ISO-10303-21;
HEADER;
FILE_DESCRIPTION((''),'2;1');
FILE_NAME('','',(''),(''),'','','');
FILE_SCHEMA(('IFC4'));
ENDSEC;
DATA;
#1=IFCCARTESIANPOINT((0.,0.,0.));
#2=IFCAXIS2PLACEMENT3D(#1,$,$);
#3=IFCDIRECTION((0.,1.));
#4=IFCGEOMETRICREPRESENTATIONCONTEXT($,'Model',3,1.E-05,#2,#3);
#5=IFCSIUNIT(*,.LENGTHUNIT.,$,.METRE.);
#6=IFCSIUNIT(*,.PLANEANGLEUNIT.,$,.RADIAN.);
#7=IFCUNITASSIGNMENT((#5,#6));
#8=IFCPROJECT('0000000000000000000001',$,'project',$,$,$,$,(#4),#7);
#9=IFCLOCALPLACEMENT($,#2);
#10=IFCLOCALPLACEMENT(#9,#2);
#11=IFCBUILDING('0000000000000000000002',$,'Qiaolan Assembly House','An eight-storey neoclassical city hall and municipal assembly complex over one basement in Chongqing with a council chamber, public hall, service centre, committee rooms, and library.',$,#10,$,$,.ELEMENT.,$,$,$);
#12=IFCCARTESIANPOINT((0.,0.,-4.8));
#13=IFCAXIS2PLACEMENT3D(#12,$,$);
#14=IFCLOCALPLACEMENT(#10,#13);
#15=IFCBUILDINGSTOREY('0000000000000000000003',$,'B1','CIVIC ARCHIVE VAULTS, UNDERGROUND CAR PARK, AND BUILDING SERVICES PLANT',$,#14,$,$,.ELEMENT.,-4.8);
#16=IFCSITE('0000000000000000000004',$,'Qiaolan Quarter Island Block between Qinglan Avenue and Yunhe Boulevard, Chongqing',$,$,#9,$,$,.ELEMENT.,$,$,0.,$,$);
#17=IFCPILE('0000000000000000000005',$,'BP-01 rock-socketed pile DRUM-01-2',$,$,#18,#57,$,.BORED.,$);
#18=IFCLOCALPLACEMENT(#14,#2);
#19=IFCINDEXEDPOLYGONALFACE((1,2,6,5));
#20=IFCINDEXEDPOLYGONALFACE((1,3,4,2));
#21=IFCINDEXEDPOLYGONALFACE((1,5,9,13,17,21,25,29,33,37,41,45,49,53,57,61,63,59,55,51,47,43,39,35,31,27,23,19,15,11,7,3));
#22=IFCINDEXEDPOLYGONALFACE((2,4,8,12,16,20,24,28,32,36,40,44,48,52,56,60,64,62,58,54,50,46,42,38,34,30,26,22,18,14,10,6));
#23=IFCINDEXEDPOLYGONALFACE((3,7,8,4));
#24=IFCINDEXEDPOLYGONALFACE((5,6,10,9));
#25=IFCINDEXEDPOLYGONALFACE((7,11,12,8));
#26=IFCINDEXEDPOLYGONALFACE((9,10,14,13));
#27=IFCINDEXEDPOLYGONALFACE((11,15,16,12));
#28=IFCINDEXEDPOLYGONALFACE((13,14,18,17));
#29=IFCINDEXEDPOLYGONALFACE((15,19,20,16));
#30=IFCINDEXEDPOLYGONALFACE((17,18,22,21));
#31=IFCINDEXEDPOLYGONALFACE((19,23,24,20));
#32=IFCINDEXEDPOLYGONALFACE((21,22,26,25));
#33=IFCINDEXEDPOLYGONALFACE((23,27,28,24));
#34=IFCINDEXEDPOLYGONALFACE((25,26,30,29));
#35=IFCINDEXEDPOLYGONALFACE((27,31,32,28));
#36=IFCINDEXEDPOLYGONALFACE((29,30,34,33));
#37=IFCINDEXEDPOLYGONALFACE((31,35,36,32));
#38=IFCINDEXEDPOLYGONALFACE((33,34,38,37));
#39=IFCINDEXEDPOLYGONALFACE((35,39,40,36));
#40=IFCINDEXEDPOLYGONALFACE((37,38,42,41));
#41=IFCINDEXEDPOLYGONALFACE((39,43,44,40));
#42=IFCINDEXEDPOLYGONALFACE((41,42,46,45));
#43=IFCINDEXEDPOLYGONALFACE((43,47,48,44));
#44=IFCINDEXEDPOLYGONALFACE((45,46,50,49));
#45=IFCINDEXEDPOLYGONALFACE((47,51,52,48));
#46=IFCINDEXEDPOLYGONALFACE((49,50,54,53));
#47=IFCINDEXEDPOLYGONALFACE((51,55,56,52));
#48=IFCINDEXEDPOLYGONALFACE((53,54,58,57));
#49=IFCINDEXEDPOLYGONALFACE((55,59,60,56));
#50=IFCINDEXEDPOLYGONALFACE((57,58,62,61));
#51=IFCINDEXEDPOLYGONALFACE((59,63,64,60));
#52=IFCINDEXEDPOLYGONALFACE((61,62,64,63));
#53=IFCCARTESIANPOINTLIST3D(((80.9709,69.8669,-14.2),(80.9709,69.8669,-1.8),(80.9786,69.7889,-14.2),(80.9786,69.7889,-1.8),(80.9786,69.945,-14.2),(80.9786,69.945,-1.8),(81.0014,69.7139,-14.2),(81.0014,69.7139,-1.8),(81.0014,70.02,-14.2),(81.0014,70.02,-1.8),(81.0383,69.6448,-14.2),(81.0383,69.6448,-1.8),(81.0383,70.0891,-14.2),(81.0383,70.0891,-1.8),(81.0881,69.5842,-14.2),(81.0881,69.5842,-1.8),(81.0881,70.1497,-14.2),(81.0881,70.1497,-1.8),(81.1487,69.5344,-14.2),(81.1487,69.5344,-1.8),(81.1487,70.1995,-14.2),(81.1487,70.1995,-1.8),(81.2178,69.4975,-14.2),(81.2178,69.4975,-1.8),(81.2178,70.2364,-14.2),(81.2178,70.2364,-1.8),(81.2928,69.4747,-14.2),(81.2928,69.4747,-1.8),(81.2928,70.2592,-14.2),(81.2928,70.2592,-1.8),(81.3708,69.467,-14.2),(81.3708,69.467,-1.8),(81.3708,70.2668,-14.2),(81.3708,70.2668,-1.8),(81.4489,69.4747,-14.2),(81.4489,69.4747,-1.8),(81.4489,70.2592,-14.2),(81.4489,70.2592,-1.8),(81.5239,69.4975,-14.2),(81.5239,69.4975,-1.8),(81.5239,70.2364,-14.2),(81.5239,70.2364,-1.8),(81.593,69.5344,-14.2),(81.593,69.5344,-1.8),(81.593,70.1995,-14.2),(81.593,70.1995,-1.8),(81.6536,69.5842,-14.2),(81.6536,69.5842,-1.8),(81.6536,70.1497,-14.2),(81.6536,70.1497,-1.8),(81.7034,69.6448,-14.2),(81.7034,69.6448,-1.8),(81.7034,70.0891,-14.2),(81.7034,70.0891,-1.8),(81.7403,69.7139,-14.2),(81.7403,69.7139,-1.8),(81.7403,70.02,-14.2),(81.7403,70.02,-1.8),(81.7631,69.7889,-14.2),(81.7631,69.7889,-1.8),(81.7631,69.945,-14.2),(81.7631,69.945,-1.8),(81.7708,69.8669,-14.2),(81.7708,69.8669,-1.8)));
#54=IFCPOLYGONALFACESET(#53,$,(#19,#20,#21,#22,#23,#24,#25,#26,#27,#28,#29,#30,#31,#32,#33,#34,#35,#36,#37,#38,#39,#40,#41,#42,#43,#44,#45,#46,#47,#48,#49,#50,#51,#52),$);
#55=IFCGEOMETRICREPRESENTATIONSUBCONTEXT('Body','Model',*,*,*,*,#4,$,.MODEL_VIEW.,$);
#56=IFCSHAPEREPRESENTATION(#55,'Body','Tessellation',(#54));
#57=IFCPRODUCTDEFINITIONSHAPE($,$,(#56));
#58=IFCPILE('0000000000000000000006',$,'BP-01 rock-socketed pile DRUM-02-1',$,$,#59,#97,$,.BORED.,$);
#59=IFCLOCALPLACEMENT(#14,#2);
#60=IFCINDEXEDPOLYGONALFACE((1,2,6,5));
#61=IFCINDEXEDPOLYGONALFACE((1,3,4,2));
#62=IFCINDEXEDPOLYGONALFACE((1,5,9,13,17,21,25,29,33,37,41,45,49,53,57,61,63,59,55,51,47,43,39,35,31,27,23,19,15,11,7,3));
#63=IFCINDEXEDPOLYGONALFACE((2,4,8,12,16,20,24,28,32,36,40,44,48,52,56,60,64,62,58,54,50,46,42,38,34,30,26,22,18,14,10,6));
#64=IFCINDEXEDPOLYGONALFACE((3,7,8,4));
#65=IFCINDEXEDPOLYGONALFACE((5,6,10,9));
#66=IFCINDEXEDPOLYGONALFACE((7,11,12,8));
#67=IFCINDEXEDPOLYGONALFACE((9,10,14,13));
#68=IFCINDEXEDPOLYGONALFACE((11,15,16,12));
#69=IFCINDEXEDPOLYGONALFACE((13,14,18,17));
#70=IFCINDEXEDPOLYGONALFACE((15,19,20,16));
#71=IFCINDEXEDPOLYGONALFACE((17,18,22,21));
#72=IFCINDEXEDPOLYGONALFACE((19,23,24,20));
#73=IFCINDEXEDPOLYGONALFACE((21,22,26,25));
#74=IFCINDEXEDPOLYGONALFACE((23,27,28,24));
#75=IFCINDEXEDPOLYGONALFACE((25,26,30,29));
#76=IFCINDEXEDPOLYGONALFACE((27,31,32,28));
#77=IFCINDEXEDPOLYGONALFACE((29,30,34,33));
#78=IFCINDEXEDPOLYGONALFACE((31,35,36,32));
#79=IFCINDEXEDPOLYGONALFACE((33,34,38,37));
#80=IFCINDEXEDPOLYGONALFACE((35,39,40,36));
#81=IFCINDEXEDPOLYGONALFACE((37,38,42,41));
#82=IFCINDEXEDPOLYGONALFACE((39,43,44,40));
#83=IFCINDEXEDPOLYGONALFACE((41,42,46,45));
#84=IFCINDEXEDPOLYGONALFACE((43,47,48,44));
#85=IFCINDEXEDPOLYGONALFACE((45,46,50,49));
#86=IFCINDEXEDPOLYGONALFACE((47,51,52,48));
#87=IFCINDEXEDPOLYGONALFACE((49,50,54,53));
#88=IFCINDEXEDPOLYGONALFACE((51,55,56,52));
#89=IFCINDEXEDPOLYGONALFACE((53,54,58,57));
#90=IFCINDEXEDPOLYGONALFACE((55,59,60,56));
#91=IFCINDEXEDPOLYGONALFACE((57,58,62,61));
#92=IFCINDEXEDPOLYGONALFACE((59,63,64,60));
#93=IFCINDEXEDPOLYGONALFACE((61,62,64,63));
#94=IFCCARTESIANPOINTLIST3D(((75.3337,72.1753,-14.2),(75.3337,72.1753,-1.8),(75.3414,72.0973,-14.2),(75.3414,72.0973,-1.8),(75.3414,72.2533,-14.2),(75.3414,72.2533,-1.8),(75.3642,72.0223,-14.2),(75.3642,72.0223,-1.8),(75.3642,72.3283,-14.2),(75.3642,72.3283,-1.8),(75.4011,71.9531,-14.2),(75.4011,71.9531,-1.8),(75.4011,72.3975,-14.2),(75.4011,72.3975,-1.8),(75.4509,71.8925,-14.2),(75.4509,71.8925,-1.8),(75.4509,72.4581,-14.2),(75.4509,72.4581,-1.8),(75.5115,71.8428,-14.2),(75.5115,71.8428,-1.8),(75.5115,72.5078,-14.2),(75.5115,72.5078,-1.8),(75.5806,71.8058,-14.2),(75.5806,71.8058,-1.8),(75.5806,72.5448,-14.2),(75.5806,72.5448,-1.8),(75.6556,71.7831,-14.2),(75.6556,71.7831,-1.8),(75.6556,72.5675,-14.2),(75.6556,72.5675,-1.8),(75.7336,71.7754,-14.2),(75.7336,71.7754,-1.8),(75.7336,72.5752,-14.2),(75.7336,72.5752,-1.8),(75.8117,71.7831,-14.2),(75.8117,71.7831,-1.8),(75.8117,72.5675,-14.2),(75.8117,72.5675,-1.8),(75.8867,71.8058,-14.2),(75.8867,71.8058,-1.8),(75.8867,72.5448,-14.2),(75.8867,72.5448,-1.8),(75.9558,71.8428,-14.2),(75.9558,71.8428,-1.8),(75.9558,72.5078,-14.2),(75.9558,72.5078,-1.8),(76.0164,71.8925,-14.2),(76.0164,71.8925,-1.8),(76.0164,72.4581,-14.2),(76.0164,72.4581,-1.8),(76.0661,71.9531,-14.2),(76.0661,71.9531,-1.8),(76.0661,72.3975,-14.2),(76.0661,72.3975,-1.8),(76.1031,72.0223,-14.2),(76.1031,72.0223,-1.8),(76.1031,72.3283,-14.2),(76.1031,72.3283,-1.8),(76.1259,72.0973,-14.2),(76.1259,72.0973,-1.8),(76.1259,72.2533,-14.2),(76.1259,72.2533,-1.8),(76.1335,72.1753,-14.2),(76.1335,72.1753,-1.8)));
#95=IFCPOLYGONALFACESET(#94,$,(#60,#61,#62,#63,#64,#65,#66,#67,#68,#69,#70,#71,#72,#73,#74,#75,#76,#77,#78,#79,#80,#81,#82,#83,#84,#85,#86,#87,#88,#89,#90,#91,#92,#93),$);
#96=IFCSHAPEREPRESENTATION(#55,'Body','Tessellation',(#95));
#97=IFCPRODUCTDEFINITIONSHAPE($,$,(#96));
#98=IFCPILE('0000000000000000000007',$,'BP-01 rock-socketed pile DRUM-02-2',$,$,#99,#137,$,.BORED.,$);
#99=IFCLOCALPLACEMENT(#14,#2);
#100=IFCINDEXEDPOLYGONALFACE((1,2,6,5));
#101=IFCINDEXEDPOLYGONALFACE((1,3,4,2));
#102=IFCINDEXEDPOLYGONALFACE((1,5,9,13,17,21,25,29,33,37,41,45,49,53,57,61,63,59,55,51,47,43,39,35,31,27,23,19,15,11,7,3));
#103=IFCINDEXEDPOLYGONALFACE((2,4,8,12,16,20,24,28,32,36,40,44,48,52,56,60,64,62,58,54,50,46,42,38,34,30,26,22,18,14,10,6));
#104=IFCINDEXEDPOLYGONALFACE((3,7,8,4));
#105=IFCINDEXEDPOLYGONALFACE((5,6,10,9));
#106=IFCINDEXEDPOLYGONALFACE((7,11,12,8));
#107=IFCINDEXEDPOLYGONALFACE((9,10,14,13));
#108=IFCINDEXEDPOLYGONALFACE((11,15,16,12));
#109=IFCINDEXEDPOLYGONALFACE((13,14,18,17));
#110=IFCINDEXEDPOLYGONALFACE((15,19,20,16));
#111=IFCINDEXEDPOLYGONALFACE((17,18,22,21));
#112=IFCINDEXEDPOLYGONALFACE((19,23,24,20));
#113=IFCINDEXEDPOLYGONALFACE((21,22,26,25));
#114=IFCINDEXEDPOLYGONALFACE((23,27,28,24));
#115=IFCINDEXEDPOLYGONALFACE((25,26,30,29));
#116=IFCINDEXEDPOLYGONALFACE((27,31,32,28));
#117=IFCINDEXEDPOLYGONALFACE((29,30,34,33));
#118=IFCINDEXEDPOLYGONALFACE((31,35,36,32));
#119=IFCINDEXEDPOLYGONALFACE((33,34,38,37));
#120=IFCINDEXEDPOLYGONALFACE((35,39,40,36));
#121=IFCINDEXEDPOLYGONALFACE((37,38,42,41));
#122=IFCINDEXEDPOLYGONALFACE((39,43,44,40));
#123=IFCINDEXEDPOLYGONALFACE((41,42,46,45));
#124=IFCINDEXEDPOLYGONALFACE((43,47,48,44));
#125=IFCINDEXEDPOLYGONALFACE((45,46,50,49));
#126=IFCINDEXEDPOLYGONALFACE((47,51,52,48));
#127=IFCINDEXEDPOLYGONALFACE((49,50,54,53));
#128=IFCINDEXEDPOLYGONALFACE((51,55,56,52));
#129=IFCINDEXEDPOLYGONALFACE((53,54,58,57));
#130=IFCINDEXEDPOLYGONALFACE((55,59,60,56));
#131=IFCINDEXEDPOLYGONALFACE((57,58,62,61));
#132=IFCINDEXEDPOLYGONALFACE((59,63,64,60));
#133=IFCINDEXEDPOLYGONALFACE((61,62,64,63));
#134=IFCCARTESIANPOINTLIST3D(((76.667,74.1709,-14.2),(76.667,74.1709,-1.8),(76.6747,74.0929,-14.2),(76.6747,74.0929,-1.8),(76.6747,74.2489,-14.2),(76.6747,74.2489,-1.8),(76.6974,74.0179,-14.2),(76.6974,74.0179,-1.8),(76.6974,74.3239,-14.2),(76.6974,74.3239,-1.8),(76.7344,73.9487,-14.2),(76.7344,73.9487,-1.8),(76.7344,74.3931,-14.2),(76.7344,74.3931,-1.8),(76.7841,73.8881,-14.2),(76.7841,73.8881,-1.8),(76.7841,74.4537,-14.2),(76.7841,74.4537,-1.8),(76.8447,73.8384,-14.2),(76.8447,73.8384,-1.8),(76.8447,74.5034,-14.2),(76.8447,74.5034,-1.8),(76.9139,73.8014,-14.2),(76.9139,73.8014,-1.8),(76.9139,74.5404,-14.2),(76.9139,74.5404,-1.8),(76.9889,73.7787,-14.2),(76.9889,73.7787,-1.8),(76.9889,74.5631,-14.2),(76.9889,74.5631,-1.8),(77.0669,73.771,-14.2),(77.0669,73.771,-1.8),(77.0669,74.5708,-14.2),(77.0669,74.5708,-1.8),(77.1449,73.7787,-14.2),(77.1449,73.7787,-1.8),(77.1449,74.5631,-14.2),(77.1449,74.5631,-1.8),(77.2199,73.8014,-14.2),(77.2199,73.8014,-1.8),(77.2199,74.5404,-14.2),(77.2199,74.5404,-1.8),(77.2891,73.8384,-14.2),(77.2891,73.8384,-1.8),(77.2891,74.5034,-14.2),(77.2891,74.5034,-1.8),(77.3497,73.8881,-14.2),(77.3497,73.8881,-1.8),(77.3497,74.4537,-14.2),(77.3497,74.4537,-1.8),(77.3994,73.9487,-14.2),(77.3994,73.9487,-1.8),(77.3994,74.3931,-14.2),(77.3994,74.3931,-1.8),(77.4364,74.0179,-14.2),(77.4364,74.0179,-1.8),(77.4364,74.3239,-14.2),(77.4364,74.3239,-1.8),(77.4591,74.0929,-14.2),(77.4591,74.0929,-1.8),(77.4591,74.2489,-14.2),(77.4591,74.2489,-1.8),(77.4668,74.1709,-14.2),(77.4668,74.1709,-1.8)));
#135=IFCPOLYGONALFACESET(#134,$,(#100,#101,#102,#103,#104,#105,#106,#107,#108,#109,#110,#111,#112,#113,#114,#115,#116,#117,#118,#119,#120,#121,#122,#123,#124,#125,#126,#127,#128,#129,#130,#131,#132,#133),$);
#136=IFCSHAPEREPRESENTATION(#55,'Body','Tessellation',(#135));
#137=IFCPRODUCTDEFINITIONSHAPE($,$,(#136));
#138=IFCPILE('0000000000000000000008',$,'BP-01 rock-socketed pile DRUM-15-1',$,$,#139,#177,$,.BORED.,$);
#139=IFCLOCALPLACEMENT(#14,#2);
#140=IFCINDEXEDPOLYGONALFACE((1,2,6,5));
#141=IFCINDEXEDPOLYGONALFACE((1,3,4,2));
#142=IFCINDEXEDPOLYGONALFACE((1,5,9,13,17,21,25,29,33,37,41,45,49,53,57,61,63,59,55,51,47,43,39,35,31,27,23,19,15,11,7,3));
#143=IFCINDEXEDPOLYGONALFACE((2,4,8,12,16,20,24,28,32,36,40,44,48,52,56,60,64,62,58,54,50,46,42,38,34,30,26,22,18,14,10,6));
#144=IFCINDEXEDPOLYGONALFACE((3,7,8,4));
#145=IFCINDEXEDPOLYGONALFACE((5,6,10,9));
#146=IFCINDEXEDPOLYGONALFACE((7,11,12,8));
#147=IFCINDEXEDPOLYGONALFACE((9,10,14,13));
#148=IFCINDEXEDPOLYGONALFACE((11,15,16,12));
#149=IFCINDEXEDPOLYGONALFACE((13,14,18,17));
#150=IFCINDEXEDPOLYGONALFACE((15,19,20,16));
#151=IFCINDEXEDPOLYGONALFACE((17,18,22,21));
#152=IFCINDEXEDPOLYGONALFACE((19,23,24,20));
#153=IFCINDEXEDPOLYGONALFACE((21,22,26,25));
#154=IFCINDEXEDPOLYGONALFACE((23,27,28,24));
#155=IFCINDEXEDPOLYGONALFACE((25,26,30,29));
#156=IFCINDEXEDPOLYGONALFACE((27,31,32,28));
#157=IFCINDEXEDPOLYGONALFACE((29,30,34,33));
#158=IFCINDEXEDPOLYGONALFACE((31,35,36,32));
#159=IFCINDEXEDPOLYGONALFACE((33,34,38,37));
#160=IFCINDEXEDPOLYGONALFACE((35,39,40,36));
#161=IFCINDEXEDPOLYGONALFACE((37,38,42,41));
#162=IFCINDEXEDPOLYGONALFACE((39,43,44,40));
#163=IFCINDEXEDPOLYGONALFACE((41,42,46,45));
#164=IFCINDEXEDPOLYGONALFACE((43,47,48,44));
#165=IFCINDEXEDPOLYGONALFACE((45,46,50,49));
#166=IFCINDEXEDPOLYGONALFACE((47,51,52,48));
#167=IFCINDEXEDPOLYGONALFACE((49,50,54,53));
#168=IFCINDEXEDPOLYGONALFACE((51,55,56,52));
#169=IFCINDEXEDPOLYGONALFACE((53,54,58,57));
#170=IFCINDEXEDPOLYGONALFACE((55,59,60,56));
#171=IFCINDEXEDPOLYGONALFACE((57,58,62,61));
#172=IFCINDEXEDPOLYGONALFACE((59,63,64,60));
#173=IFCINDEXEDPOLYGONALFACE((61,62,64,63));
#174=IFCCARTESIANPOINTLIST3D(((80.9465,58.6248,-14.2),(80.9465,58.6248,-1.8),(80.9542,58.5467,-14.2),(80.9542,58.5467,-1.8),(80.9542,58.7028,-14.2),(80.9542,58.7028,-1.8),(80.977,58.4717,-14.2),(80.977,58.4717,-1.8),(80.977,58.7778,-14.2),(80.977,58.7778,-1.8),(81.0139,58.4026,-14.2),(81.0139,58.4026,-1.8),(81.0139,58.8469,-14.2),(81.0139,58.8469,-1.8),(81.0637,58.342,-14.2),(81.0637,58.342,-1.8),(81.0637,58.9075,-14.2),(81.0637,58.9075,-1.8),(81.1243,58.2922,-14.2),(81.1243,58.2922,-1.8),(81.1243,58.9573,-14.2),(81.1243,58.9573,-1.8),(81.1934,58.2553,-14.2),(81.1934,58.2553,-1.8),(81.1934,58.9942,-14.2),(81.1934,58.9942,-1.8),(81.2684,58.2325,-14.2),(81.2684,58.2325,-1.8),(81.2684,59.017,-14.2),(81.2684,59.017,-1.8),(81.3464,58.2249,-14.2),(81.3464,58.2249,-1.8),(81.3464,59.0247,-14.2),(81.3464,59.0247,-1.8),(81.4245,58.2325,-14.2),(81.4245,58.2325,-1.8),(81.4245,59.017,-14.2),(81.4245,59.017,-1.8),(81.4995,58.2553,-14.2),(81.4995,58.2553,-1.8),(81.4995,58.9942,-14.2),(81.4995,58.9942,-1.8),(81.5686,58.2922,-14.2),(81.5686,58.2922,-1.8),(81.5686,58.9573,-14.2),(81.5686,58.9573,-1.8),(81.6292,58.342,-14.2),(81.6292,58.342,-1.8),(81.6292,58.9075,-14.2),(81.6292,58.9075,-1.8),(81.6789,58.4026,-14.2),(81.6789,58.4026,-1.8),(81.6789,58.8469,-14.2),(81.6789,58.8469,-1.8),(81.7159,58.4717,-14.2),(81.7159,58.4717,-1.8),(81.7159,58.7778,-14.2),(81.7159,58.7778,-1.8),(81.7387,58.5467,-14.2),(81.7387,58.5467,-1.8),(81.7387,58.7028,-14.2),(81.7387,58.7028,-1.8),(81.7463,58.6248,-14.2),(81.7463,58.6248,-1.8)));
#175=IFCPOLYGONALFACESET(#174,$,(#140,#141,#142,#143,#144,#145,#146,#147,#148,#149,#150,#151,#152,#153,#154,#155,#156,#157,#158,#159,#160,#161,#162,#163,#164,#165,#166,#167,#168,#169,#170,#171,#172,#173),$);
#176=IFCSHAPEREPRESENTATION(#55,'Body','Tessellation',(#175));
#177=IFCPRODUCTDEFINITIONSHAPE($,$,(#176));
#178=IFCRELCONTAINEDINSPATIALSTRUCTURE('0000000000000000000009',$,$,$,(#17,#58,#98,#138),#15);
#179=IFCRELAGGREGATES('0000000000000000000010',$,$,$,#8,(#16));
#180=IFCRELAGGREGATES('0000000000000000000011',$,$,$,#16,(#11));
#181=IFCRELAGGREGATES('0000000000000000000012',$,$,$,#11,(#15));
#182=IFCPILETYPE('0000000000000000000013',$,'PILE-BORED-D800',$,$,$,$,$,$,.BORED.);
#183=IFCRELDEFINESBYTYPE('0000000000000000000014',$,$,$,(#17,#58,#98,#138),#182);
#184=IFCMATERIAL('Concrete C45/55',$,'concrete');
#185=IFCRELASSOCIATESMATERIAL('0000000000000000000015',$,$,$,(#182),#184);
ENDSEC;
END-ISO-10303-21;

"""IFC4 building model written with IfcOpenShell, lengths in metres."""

from ifc_helpers import new_model, si_unit, direction, frame, origin, origin_2d, place, context, subcontext, project, spatial, circle, extrude, material, material_profile, profile_set, type_object, element, save


model = new_model("IFC4")

# Units and contexts
model_context = context("Model", 3, precision=1e-05, world=origin(), true_north=direction((0.0, 1.0)))
body_context = subcontext(model_context, "Body", "Model", "MODEL_VIEW")
ifc_project = project(units=[si_unit("LENGTHUNIT", "METRE"), si_unit("PLANEANGLEUNIT", "RADIAN")], contexts=[model_context])

# Site, building, storey
site_placement = place(None, origin())
site = spatial("IfcSite", under=ifc_project, at=site_placement, Name="Qiaolan Quarter Island Block between Qinglan Avenue and Yunhe Boulevard, Chongqing", CompositionType="ELEMENT", RefElevation=0.0)
building_placement = place(site_placement, origin())
building = spatial("IfcBuilding", under=site, at=building_placement, Name="Qiaolan Assembly House", Description="An eight-storey neoclassical city hall and municipal assembly complex over one basement in Chongqing with a council chamber, public hall, service centre, committee rooms, and library.", CompositionType="ELEMENT")
storey_placement = place(building_placement, frame((0.0, 0.0, -4.8)))
storey = spatial("IfcBuildingStorey", under=building, at=storey_placement, Name="B1", Description="CIVIC ARCHIVE VAULTS, UNDERGROUND CAR PARK, AND BUILDING SERVICES PLANT", CompositionType="ELEMENT", Elevation=-4.8)

# Piles
ifc_material_1 = material(Name="Concrete C45/55", Category="concrete")
ifc_material_profile_1 = material_profile(ifc_material_1, circle(Radius=0.3999, at=origin_2d()), Name="PILE D800")
ifc_profile_set_1 = profile_set([ifc_material_profile_1], Name="Concrete C45/55")
pile_type = type_object("IfcPileType", Name="PILE-BORED-D800", PredefinedType="BORED", material=ifc_profile_set_1)
for number, where, z_axis, x_axis, name in (
    (1, (81.3708, 69.8669, -1.8), (0.0, 0.0, -1.0), (1.0, 0.0, 0.0), "BP-01 rock-socketed pile DRUM-01-2"),
    (2, (75.7336, 72.1753, -1.8), (0.0, 0.0, -1.0), (1.0, 0.0, 0.0), "BP-01 rock-socketed pile DRUM-02-1"),
    (3, (77.0669, 74.1709, -1.8), (0.0, 0.0, -1.0), (1.0, 0.0, 0.0), "BP-01 rock-socketed pile DRUM-02-2"),
    (4, (81.3464, 58.6248, -1.8), (0.0, 0.0, -1.0), (1.0, 0.0, 0.0), "BP-01 rock-socketed pile DRUM-15-1"),
):
    element("IfcPile", number, at=place(storey_placement, frame(where, z_axis=z_axis, x_axis=x_axis)), inside=storey, type_object=pile_type, Name=name, PredefinedType="BORED", context=body_context, shape_type="SweptSolid", body=[
        extrude(circle(Radius=0.3999, at=origin_2d()), origin(), (0.0, 0.0, 1.0), 12.3999),
    ])

save(model, "model.ifc")
